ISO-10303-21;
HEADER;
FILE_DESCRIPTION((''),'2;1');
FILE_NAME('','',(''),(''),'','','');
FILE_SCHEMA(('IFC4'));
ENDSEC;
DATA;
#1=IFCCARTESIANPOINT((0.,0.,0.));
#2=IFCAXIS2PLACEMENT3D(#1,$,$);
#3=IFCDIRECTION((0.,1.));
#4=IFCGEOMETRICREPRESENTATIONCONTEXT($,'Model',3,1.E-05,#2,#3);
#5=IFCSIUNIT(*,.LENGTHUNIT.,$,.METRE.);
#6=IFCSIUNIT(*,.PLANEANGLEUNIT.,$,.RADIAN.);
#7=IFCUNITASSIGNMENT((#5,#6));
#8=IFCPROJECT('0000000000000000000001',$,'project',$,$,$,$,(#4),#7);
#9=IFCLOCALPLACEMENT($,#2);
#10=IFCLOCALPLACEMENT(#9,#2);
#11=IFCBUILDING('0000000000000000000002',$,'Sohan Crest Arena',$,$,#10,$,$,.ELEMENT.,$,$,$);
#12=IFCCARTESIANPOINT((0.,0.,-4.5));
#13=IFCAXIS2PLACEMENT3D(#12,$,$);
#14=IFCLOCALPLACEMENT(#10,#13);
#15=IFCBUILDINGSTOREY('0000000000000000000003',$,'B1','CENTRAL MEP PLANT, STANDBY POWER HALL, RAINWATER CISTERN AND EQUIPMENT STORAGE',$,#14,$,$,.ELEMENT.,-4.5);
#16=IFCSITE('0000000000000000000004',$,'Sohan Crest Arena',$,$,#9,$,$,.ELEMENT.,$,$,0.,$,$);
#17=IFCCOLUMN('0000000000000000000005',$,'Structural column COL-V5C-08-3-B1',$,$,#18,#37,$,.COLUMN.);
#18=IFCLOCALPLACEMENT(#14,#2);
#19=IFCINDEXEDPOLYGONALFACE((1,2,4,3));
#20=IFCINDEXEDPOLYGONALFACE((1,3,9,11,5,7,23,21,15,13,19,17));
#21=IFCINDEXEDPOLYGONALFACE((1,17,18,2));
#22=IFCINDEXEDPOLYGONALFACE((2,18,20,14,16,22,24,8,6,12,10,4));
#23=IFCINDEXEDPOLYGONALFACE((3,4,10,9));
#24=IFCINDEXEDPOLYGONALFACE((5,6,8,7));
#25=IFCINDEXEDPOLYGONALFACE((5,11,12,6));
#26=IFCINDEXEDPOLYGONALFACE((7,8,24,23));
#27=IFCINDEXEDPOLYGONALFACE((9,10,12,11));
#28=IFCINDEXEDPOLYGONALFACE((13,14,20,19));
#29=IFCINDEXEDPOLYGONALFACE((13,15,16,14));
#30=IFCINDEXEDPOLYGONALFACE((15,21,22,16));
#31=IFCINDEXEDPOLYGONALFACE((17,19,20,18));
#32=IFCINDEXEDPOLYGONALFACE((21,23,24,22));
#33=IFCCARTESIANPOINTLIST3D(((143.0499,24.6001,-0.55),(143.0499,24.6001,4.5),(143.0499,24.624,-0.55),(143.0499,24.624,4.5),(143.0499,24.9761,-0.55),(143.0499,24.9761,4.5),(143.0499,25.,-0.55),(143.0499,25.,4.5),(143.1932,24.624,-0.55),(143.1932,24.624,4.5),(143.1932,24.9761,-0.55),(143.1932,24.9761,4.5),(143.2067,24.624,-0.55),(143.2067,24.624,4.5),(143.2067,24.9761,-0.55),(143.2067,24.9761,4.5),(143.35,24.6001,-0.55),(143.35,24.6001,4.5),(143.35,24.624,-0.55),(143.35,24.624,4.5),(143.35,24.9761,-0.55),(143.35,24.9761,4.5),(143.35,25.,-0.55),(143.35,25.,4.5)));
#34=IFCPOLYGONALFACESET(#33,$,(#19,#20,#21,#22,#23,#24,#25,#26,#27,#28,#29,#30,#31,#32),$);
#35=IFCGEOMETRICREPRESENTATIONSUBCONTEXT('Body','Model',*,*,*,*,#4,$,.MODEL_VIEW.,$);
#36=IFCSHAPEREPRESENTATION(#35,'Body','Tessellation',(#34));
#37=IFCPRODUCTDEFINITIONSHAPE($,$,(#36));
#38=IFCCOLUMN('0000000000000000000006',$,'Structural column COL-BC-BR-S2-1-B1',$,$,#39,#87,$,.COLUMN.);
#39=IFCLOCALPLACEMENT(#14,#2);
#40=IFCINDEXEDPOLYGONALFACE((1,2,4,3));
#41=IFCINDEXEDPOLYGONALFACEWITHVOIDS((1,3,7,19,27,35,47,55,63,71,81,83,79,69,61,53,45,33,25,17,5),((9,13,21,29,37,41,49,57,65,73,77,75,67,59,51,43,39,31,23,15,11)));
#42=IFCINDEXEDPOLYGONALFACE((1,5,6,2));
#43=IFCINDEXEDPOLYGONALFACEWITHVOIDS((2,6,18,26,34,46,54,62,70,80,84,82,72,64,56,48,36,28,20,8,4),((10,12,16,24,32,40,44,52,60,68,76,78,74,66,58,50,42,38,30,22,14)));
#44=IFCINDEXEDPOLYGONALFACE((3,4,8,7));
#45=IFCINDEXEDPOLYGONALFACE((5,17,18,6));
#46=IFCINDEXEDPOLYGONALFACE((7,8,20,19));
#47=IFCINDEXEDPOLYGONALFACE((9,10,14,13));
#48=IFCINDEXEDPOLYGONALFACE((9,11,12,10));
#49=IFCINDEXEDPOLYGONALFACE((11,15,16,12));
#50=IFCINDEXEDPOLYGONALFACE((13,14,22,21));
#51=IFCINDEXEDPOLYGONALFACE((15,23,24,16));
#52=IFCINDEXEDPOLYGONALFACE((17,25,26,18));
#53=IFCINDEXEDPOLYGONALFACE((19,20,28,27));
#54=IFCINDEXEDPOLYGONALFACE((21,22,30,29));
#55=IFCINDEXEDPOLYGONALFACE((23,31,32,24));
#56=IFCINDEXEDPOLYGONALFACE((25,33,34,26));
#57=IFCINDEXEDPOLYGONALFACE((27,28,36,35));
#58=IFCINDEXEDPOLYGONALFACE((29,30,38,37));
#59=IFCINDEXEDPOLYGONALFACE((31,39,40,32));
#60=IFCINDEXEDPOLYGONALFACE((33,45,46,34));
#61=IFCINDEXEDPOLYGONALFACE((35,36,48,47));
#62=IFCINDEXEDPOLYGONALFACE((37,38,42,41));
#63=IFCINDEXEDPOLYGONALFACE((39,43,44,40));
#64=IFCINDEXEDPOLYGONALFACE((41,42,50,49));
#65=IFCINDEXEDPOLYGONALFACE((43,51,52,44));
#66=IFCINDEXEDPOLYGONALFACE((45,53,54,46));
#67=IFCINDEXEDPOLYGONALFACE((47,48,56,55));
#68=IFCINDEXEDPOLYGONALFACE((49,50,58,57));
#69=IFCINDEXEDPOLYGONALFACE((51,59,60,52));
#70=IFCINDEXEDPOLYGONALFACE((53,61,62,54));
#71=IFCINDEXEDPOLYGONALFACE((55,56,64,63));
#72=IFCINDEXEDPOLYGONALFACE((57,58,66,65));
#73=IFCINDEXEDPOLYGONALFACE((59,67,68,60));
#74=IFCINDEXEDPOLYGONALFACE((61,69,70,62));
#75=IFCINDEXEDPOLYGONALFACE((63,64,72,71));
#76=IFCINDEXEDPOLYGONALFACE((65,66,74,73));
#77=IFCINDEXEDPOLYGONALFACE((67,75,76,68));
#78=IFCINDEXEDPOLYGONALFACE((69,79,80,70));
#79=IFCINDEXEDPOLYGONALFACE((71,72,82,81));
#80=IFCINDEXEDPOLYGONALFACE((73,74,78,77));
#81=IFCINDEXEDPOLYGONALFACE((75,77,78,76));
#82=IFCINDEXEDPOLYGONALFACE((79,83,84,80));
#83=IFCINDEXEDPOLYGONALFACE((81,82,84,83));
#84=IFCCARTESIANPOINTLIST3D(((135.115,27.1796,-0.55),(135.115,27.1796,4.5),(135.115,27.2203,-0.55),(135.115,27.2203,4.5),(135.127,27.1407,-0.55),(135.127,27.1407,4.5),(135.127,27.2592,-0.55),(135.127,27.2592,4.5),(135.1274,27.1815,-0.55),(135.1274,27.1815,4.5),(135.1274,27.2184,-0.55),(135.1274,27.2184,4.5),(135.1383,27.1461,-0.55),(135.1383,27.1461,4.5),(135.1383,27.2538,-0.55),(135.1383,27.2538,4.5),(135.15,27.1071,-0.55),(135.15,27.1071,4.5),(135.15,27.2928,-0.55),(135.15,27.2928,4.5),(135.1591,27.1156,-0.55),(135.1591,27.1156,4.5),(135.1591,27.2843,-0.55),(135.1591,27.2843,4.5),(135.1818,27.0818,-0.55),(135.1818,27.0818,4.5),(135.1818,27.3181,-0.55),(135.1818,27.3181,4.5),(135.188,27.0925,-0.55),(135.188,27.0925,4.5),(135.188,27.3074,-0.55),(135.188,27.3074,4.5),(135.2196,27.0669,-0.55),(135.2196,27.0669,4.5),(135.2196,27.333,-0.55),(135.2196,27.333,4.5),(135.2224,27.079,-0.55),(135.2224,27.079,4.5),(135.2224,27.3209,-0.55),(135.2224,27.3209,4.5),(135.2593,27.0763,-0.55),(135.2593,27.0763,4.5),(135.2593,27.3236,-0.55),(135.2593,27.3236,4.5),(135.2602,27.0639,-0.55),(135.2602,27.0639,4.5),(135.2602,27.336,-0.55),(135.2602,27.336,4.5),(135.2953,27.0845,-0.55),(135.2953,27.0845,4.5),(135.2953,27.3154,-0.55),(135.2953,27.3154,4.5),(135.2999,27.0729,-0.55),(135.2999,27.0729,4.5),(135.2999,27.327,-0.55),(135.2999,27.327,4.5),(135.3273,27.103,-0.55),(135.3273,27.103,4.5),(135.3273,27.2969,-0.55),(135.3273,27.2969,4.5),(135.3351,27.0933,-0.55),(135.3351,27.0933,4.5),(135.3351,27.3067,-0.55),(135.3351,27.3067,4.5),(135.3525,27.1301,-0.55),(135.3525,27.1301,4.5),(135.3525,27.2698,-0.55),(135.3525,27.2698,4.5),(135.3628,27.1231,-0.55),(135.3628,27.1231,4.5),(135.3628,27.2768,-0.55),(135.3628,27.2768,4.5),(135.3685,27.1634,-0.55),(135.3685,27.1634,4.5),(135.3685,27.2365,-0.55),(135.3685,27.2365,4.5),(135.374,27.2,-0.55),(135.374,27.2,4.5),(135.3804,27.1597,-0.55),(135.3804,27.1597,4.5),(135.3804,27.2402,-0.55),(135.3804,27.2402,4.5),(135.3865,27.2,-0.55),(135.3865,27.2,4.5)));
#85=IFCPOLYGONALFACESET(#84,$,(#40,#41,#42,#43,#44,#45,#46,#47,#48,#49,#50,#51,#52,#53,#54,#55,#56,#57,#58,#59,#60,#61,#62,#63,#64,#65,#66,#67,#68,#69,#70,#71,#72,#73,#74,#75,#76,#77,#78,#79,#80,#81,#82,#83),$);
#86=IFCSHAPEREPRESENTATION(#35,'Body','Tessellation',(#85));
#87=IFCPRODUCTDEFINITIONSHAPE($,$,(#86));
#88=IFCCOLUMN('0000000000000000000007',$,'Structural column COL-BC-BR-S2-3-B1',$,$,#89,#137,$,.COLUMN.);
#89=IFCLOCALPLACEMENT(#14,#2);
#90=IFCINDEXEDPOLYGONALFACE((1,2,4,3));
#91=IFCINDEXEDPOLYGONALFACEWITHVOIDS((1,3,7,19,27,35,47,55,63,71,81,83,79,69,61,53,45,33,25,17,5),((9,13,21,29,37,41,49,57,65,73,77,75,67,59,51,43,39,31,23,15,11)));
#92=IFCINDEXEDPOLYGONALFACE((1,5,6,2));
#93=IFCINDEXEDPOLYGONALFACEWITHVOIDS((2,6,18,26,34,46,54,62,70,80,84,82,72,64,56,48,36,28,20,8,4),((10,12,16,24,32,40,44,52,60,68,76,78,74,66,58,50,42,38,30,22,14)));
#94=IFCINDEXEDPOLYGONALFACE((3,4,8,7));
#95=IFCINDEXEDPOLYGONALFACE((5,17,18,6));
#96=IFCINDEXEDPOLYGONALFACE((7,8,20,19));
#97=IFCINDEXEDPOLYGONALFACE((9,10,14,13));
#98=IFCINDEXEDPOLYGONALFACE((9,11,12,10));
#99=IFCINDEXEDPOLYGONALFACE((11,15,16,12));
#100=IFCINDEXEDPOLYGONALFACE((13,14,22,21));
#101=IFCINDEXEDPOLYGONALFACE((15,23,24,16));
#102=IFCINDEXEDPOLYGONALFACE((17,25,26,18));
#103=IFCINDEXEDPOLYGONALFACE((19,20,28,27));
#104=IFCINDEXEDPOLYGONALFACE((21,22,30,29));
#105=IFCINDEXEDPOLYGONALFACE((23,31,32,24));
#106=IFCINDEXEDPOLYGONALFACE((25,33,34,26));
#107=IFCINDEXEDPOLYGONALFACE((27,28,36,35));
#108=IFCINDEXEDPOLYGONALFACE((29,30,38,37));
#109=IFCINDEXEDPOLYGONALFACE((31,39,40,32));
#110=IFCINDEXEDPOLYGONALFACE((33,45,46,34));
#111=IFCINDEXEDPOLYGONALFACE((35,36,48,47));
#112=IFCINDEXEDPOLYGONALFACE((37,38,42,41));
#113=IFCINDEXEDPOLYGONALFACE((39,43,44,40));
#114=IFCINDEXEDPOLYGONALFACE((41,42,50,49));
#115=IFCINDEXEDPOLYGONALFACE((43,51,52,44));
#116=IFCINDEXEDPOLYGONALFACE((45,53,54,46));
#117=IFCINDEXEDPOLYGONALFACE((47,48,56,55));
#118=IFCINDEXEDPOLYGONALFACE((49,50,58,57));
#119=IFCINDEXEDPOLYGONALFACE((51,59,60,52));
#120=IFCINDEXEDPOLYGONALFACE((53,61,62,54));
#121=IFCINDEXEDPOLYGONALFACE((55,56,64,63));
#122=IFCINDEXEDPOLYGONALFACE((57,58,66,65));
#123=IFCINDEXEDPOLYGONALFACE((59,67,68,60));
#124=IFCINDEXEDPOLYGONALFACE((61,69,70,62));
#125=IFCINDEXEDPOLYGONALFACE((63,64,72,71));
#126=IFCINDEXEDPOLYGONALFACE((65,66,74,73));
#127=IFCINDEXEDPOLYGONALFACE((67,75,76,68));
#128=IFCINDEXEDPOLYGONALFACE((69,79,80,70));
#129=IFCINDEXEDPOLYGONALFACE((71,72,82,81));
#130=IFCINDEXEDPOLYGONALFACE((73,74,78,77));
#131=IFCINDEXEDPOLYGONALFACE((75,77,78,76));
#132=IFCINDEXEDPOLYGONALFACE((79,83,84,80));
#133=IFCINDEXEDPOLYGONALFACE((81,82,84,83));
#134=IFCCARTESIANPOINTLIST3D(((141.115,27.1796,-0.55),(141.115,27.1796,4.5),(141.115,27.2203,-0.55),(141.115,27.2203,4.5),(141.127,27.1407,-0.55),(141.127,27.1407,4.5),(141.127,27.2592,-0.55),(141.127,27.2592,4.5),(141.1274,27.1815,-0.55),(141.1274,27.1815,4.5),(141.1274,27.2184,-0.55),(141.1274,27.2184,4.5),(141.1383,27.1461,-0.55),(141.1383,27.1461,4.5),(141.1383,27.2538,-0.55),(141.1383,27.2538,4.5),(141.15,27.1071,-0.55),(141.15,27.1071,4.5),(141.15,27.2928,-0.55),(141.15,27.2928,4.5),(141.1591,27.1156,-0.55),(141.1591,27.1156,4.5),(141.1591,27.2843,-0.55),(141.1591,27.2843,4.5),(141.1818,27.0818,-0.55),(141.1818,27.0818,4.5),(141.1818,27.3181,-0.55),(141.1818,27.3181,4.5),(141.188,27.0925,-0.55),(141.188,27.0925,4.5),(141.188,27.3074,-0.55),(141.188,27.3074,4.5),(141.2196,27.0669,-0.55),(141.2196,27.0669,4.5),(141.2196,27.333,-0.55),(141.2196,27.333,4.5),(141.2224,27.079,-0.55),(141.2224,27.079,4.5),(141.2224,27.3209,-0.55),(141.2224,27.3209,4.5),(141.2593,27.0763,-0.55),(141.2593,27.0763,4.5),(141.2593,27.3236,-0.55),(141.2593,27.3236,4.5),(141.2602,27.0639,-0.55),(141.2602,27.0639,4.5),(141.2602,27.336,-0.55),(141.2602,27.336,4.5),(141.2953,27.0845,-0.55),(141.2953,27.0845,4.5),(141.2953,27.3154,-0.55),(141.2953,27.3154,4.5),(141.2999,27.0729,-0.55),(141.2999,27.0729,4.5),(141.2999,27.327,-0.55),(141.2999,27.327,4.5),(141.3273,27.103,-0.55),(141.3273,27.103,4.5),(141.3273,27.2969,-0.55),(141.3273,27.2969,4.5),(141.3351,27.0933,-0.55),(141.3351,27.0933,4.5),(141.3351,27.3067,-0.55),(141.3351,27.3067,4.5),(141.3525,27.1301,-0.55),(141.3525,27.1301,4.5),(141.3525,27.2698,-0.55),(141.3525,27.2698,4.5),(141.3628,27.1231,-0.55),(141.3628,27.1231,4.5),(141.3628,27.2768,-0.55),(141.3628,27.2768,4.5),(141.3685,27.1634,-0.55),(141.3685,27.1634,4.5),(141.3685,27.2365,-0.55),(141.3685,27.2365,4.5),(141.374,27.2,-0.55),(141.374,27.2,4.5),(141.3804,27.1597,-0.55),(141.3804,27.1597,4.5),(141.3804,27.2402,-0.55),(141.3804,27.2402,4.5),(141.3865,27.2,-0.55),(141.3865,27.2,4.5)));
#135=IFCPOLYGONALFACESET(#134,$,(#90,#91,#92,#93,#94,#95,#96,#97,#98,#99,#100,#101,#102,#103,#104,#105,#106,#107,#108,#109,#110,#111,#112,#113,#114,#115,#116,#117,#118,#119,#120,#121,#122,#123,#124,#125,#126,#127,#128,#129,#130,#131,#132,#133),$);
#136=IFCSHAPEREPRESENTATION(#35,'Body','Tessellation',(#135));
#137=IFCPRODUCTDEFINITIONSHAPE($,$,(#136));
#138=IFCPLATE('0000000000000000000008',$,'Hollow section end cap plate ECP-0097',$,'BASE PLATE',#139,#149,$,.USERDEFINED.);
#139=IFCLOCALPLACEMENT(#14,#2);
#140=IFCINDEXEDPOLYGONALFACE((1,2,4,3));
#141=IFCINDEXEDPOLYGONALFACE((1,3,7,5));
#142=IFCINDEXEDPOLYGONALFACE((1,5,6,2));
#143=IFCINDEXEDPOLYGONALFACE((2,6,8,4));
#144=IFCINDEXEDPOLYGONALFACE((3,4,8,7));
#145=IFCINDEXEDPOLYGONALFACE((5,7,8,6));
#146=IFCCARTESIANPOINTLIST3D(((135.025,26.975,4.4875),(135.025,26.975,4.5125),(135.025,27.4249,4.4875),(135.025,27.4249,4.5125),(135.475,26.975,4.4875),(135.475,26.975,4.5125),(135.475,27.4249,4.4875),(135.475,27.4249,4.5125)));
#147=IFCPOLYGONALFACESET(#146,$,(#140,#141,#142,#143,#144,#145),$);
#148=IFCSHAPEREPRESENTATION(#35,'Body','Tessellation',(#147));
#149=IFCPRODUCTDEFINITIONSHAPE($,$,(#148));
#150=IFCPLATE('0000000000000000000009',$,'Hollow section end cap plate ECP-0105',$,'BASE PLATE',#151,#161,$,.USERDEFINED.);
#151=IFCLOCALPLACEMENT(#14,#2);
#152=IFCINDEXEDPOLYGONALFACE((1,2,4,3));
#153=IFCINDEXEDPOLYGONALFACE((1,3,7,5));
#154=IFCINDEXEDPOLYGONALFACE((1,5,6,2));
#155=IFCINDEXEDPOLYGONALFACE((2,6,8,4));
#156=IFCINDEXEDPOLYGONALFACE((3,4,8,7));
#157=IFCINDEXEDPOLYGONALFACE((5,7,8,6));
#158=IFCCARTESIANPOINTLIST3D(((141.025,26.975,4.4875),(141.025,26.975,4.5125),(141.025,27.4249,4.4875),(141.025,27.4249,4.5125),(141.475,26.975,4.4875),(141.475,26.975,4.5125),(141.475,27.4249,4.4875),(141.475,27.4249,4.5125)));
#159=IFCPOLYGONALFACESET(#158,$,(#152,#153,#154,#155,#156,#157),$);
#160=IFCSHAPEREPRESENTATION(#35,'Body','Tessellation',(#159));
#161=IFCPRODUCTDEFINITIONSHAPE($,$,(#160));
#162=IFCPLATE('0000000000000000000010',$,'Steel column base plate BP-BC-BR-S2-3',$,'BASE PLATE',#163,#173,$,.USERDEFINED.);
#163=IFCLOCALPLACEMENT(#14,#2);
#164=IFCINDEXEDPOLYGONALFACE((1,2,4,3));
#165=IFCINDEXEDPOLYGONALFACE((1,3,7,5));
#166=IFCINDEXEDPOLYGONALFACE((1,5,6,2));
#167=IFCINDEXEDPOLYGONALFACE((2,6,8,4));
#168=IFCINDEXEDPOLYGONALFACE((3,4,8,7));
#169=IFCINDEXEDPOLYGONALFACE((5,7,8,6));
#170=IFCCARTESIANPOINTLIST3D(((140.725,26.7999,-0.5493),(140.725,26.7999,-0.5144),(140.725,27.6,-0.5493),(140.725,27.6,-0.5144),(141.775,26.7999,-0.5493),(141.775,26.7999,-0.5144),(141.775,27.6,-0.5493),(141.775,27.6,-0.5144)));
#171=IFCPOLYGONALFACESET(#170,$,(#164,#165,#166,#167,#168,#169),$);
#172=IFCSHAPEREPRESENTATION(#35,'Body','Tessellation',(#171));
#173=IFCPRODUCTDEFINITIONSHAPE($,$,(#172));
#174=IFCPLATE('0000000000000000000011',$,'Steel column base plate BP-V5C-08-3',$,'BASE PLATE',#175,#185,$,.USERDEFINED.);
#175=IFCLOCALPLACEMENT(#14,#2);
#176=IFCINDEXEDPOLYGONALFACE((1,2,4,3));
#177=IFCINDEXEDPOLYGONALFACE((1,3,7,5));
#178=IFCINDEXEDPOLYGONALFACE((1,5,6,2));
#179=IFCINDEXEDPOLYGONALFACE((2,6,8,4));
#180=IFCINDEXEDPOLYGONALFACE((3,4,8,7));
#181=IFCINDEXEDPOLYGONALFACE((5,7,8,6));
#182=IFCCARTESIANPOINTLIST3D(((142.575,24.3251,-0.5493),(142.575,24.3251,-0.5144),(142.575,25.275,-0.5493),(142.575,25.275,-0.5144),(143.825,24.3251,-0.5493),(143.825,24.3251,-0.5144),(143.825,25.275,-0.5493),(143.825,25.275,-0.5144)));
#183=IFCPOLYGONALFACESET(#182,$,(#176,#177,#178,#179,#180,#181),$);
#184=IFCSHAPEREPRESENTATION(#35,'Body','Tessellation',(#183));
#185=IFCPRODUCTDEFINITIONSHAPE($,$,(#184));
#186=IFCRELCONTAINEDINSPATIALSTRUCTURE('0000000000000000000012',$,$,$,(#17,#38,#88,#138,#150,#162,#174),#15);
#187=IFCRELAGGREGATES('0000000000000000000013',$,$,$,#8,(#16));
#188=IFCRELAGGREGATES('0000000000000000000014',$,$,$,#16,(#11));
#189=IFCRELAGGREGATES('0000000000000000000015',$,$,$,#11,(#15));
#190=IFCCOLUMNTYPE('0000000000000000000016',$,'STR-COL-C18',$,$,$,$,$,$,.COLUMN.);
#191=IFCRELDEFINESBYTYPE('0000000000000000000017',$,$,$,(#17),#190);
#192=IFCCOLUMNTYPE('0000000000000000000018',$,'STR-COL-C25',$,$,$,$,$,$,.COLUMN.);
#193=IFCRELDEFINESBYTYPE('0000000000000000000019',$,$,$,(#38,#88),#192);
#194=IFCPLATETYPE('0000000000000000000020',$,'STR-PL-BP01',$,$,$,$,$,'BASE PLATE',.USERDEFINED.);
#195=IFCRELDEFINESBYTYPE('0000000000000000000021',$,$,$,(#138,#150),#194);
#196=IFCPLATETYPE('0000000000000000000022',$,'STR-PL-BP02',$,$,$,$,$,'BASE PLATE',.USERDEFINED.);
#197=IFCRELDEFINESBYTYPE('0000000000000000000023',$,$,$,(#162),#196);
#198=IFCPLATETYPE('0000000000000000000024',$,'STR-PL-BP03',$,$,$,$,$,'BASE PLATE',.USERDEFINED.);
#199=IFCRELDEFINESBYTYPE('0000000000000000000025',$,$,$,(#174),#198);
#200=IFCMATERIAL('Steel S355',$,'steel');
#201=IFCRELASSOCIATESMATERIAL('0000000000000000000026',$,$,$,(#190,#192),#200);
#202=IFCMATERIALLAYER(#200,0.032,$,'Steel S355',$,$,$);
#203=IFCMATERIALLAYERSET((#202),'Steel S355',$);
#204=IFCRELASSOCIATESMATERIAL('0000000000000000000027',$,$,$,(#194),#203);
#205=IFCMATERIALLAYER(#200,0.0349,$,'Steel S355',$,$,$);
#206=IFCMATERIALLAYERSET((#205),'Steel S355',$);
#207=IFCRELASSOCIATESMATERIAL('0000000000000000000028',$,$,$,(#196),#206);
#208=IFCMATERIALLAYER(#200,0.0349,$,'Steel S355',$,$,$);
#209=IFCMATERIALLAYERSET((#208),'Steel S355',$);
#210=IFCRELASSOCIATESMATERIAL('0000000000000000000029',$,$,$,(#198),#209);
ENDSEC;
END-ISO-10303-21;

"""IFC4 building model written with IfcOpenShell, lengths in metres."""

from ifc_helpers import new_model, si_unit, direction, frame, origin, origin_2d, place, context, subcontext, project, spatial, rectangle, hollow_circle, i_section, extrude, material, layer, layer_set, material_profile, profile_set, type_object, element, save


model = new_model("IFC4")

# Units and contexts
model_context = context("Model", 3, precision=1e-05, world=origin(), true_north=direction((0.0, 1.0)))
body_context = subcontext(model_context, "Body", "Model", "MODEL_VIEW")
ifc_project = project(units=[si_unit("LENGTHUNIT", "METRE"), si_unit("PLANEANGLEUNIT", "RADIAN")], contexts=[model_context])

# Site, building, storey
site_placement = place(None, origin())
site = spatial("IfcSite", under=ifc_project, at=site_placement, Name="Sohan Crest Arena", CompositionType="ELEMENT", RefElevation=0.0)
building_placement = place(site_placement, origin())
building = spatial("IfcBuilding", under=site, at=building_placement, Name="Sohan Crest Arena", CompositionType="ELEMENT")
storey_placement = place(building_placement, frame((0.0, 0.0, -4.5)))
storey = spatial("IfcBuildingStorey", under=building, at=storey_placement, Name="B1", Description="CENTRAL MEP PLANT, STANDBY POWER HALL, RAINWATER CISTERN AND EQUIPMENT STORAGE", CompositionType="ELEMENT", Elevation=-4.5)

# Columns
ifc_material_1 = material(Name="Steel S355", Category="steel")
ifc_material_profile_1 = material_profile(ifc_material_1, i_section(OverallWidth=0.3, OverallDepth=0.3999, WebThickness=0.0134, FlangeThickness=0.0239, at=origin_2d()), Name="HEB 400")
ifc_profile_set_1 = profile_set([ifc_material_profile_1], Name="Steel S355")
column_type_1 = type_object("IfcColumnType", Name="STR-COL-C18", PredefinedType="COLUMN", material=ifc_profile_set_1)
column_1_placement = place(storey_placement, frame((143.2, 24.8, -0.55), z_axis=(0.0, 0.0, 1.0), x_axis=(1.0, 0.0, 0.0)))
element("IfcColumn", 1, at=column_1_placement, inside=storey, type_object=column_type_1, Name="Structural column COL-V5C-08-3-B1", PredefinedType="COLUMN", context=body_context, shape_type="SweptSolid", body=[
    extrude(i_section(OverallWidth=0.3, OverallDepth=0.3999, WebThickness=0.0134, FlangeThickness=0.0239, at=origin_2d()), origin(), (0.0, 0.0, 1.0), 5.05),
])
ifc_material_profile_2 = material_profile(ifc_material_1, hollow_circle(Radius=0.1365, WallThickness=0.0125, at=origin_2d()), Name="CHS 273x12.5")
ifc_profile_set_2 = profile_set([ifc_material_profile_2], Name="Steel S355")
column_type_2 = type_object("IfcColumnType", Name="STR-COL-C25", PredefinedType="COLUMN", material=ifc_profile_set_2)
for number, where, z_axis, x_axis, name in (
    (2, (135.25, 27.2, -0.55), (0.0, 0.0, 1.0), (1.0, 0.0, 0.0), "Structural column COL-BC-BR-S2-1-B1"),
    (3, (141.25, 27.2, -0.55), (0.0, 0.0, 1.0), (1.0, 0.0, 0.0), "Structural column COL-BC-BR-S2-3-B1"),
):
    element("IfcColumn", number, at=place(storey_placement, frame(where, z_axis=z_axis, x_axis=x_axis)), inside=storey, type_object=column_type_2, Name=name, PredefinedType="COLUMN", context=body_context, shape_type="SweptSolid", body=[
        extrude(hollow_circle(Radius=0.1365, WallThickness=0.0125, at=origin_2d()), origin(), (0.0, 0.0, 1.0), 5.05),
    ])

# Plates
ifc_layer_1 = layer(ifc_material_1, 0.032, Name="Steel S355")
ifc_layer_set_1 = layer_set([ifc_layer_1], Name="Steel S355")
plate_type_1 = type_object("IfcPlateType", Name="STR-PL-BP01", ElementType="BASE PLATE", PredefinedType="USERDEFINED", material=ifc_layer_set_1)
for number, where, z_axis, x_axis, name in (
    (4, (135.25, 27.2, 4.4875), (0.0, 0.0, 1.0), (1.0, 0.0, 0.0), "Hollow section end cap plate ECP-0097"),
    (5, (141.25, 27.2, 4.4875), (0.0, 0.0, 1.0), (1.0, 0.0, 0.0), "Hollow section end cap plate ECP-0105"),
):
    element("IfcPlate", number, at=place(storey_placement, frame(where, z_axis=z_axis, x_axis=x_axis)), inside=storey, type_object=plate_type_1, Name=name, ObjectType="BASE PLATE", PredefinedType="USERDEFINED", context=body_context, shape_type="SweptSolid", body=[
        extrude(rectangle(XDim=0.45, YDim=0.45, at=origin_2d()), origin(), (0.0, 0.0, 1.0), 0.0249),
    ])
ifc_layer_2 = layer(ifc_material_1, 0.0349, Name="Steel S355")
ifc_layer_set_2 = layer_set([ifc_layer_2], Name="Steel S355")
plate_type_2 = type_object("IfcPlateType", Name="STR-PL-BP02", ElementType="BASE PLATE", PredefinedType="USERDEFINED", material=ifc_layer_set_2)
plate_1_placement = place(storey_placement, frame((141.25, 27.2, -0.5493), z_axis=(0.0, 0.0, 1.0), x_axis=(1.0, 0.0, 0.0)))
element("IfcPlate", 6, at=plate_1_placement, inside=storey, type_object=plate_type_2, Name="Steel column base plate BP-BC-BR-S2-3", ObjectType="BASE PLATE", PredefinedType="USERDEFINED", context=body_context, shape_type="SweptSolid", body=[
    extrude(rectangle(XDim=1.05, YDim=0.8, at=origin_2d()), origin(), (0.0, 0.0, 1.0), 0.0349),
])
ifc_layer_3 = layer(ifc_material_1, 0.0349, Name="Steel S355")
ifc_layer_set_3 = layer_set([ifc_layer_3], Name="Steel S355")
plate_type_3 = type_object("IfcPlateType", Name="STR-PL-BP03", ElementType="BASE PLATE", PredefinedType="USERDEFINED", material=ifc_layer_set_3)
plate_2_placement = place(storey_placement, frame((143.2, 24.8, -0.5493), z_axis=(0.0, 0.0, 1.0), x_axis=(1.0, 0.0, 0.0)))
element("IfcPlate", 7, at=plate_2_placement, inside=storey, type_object=plate_type_3, Name="Steel column base plate BP-V5C-08-3", ObjectType="BASE PLATE", PredefinedType="USERDEFINED", context=body_context, shape_type="SweptSolid", body=[
    extrude(rectangle(XDim=1.25, YDim=0.95, at=origin_2d()), origin(), (0.0, 0.0, 1.0), 0.0349),
])

save(model, "model.ifc")
